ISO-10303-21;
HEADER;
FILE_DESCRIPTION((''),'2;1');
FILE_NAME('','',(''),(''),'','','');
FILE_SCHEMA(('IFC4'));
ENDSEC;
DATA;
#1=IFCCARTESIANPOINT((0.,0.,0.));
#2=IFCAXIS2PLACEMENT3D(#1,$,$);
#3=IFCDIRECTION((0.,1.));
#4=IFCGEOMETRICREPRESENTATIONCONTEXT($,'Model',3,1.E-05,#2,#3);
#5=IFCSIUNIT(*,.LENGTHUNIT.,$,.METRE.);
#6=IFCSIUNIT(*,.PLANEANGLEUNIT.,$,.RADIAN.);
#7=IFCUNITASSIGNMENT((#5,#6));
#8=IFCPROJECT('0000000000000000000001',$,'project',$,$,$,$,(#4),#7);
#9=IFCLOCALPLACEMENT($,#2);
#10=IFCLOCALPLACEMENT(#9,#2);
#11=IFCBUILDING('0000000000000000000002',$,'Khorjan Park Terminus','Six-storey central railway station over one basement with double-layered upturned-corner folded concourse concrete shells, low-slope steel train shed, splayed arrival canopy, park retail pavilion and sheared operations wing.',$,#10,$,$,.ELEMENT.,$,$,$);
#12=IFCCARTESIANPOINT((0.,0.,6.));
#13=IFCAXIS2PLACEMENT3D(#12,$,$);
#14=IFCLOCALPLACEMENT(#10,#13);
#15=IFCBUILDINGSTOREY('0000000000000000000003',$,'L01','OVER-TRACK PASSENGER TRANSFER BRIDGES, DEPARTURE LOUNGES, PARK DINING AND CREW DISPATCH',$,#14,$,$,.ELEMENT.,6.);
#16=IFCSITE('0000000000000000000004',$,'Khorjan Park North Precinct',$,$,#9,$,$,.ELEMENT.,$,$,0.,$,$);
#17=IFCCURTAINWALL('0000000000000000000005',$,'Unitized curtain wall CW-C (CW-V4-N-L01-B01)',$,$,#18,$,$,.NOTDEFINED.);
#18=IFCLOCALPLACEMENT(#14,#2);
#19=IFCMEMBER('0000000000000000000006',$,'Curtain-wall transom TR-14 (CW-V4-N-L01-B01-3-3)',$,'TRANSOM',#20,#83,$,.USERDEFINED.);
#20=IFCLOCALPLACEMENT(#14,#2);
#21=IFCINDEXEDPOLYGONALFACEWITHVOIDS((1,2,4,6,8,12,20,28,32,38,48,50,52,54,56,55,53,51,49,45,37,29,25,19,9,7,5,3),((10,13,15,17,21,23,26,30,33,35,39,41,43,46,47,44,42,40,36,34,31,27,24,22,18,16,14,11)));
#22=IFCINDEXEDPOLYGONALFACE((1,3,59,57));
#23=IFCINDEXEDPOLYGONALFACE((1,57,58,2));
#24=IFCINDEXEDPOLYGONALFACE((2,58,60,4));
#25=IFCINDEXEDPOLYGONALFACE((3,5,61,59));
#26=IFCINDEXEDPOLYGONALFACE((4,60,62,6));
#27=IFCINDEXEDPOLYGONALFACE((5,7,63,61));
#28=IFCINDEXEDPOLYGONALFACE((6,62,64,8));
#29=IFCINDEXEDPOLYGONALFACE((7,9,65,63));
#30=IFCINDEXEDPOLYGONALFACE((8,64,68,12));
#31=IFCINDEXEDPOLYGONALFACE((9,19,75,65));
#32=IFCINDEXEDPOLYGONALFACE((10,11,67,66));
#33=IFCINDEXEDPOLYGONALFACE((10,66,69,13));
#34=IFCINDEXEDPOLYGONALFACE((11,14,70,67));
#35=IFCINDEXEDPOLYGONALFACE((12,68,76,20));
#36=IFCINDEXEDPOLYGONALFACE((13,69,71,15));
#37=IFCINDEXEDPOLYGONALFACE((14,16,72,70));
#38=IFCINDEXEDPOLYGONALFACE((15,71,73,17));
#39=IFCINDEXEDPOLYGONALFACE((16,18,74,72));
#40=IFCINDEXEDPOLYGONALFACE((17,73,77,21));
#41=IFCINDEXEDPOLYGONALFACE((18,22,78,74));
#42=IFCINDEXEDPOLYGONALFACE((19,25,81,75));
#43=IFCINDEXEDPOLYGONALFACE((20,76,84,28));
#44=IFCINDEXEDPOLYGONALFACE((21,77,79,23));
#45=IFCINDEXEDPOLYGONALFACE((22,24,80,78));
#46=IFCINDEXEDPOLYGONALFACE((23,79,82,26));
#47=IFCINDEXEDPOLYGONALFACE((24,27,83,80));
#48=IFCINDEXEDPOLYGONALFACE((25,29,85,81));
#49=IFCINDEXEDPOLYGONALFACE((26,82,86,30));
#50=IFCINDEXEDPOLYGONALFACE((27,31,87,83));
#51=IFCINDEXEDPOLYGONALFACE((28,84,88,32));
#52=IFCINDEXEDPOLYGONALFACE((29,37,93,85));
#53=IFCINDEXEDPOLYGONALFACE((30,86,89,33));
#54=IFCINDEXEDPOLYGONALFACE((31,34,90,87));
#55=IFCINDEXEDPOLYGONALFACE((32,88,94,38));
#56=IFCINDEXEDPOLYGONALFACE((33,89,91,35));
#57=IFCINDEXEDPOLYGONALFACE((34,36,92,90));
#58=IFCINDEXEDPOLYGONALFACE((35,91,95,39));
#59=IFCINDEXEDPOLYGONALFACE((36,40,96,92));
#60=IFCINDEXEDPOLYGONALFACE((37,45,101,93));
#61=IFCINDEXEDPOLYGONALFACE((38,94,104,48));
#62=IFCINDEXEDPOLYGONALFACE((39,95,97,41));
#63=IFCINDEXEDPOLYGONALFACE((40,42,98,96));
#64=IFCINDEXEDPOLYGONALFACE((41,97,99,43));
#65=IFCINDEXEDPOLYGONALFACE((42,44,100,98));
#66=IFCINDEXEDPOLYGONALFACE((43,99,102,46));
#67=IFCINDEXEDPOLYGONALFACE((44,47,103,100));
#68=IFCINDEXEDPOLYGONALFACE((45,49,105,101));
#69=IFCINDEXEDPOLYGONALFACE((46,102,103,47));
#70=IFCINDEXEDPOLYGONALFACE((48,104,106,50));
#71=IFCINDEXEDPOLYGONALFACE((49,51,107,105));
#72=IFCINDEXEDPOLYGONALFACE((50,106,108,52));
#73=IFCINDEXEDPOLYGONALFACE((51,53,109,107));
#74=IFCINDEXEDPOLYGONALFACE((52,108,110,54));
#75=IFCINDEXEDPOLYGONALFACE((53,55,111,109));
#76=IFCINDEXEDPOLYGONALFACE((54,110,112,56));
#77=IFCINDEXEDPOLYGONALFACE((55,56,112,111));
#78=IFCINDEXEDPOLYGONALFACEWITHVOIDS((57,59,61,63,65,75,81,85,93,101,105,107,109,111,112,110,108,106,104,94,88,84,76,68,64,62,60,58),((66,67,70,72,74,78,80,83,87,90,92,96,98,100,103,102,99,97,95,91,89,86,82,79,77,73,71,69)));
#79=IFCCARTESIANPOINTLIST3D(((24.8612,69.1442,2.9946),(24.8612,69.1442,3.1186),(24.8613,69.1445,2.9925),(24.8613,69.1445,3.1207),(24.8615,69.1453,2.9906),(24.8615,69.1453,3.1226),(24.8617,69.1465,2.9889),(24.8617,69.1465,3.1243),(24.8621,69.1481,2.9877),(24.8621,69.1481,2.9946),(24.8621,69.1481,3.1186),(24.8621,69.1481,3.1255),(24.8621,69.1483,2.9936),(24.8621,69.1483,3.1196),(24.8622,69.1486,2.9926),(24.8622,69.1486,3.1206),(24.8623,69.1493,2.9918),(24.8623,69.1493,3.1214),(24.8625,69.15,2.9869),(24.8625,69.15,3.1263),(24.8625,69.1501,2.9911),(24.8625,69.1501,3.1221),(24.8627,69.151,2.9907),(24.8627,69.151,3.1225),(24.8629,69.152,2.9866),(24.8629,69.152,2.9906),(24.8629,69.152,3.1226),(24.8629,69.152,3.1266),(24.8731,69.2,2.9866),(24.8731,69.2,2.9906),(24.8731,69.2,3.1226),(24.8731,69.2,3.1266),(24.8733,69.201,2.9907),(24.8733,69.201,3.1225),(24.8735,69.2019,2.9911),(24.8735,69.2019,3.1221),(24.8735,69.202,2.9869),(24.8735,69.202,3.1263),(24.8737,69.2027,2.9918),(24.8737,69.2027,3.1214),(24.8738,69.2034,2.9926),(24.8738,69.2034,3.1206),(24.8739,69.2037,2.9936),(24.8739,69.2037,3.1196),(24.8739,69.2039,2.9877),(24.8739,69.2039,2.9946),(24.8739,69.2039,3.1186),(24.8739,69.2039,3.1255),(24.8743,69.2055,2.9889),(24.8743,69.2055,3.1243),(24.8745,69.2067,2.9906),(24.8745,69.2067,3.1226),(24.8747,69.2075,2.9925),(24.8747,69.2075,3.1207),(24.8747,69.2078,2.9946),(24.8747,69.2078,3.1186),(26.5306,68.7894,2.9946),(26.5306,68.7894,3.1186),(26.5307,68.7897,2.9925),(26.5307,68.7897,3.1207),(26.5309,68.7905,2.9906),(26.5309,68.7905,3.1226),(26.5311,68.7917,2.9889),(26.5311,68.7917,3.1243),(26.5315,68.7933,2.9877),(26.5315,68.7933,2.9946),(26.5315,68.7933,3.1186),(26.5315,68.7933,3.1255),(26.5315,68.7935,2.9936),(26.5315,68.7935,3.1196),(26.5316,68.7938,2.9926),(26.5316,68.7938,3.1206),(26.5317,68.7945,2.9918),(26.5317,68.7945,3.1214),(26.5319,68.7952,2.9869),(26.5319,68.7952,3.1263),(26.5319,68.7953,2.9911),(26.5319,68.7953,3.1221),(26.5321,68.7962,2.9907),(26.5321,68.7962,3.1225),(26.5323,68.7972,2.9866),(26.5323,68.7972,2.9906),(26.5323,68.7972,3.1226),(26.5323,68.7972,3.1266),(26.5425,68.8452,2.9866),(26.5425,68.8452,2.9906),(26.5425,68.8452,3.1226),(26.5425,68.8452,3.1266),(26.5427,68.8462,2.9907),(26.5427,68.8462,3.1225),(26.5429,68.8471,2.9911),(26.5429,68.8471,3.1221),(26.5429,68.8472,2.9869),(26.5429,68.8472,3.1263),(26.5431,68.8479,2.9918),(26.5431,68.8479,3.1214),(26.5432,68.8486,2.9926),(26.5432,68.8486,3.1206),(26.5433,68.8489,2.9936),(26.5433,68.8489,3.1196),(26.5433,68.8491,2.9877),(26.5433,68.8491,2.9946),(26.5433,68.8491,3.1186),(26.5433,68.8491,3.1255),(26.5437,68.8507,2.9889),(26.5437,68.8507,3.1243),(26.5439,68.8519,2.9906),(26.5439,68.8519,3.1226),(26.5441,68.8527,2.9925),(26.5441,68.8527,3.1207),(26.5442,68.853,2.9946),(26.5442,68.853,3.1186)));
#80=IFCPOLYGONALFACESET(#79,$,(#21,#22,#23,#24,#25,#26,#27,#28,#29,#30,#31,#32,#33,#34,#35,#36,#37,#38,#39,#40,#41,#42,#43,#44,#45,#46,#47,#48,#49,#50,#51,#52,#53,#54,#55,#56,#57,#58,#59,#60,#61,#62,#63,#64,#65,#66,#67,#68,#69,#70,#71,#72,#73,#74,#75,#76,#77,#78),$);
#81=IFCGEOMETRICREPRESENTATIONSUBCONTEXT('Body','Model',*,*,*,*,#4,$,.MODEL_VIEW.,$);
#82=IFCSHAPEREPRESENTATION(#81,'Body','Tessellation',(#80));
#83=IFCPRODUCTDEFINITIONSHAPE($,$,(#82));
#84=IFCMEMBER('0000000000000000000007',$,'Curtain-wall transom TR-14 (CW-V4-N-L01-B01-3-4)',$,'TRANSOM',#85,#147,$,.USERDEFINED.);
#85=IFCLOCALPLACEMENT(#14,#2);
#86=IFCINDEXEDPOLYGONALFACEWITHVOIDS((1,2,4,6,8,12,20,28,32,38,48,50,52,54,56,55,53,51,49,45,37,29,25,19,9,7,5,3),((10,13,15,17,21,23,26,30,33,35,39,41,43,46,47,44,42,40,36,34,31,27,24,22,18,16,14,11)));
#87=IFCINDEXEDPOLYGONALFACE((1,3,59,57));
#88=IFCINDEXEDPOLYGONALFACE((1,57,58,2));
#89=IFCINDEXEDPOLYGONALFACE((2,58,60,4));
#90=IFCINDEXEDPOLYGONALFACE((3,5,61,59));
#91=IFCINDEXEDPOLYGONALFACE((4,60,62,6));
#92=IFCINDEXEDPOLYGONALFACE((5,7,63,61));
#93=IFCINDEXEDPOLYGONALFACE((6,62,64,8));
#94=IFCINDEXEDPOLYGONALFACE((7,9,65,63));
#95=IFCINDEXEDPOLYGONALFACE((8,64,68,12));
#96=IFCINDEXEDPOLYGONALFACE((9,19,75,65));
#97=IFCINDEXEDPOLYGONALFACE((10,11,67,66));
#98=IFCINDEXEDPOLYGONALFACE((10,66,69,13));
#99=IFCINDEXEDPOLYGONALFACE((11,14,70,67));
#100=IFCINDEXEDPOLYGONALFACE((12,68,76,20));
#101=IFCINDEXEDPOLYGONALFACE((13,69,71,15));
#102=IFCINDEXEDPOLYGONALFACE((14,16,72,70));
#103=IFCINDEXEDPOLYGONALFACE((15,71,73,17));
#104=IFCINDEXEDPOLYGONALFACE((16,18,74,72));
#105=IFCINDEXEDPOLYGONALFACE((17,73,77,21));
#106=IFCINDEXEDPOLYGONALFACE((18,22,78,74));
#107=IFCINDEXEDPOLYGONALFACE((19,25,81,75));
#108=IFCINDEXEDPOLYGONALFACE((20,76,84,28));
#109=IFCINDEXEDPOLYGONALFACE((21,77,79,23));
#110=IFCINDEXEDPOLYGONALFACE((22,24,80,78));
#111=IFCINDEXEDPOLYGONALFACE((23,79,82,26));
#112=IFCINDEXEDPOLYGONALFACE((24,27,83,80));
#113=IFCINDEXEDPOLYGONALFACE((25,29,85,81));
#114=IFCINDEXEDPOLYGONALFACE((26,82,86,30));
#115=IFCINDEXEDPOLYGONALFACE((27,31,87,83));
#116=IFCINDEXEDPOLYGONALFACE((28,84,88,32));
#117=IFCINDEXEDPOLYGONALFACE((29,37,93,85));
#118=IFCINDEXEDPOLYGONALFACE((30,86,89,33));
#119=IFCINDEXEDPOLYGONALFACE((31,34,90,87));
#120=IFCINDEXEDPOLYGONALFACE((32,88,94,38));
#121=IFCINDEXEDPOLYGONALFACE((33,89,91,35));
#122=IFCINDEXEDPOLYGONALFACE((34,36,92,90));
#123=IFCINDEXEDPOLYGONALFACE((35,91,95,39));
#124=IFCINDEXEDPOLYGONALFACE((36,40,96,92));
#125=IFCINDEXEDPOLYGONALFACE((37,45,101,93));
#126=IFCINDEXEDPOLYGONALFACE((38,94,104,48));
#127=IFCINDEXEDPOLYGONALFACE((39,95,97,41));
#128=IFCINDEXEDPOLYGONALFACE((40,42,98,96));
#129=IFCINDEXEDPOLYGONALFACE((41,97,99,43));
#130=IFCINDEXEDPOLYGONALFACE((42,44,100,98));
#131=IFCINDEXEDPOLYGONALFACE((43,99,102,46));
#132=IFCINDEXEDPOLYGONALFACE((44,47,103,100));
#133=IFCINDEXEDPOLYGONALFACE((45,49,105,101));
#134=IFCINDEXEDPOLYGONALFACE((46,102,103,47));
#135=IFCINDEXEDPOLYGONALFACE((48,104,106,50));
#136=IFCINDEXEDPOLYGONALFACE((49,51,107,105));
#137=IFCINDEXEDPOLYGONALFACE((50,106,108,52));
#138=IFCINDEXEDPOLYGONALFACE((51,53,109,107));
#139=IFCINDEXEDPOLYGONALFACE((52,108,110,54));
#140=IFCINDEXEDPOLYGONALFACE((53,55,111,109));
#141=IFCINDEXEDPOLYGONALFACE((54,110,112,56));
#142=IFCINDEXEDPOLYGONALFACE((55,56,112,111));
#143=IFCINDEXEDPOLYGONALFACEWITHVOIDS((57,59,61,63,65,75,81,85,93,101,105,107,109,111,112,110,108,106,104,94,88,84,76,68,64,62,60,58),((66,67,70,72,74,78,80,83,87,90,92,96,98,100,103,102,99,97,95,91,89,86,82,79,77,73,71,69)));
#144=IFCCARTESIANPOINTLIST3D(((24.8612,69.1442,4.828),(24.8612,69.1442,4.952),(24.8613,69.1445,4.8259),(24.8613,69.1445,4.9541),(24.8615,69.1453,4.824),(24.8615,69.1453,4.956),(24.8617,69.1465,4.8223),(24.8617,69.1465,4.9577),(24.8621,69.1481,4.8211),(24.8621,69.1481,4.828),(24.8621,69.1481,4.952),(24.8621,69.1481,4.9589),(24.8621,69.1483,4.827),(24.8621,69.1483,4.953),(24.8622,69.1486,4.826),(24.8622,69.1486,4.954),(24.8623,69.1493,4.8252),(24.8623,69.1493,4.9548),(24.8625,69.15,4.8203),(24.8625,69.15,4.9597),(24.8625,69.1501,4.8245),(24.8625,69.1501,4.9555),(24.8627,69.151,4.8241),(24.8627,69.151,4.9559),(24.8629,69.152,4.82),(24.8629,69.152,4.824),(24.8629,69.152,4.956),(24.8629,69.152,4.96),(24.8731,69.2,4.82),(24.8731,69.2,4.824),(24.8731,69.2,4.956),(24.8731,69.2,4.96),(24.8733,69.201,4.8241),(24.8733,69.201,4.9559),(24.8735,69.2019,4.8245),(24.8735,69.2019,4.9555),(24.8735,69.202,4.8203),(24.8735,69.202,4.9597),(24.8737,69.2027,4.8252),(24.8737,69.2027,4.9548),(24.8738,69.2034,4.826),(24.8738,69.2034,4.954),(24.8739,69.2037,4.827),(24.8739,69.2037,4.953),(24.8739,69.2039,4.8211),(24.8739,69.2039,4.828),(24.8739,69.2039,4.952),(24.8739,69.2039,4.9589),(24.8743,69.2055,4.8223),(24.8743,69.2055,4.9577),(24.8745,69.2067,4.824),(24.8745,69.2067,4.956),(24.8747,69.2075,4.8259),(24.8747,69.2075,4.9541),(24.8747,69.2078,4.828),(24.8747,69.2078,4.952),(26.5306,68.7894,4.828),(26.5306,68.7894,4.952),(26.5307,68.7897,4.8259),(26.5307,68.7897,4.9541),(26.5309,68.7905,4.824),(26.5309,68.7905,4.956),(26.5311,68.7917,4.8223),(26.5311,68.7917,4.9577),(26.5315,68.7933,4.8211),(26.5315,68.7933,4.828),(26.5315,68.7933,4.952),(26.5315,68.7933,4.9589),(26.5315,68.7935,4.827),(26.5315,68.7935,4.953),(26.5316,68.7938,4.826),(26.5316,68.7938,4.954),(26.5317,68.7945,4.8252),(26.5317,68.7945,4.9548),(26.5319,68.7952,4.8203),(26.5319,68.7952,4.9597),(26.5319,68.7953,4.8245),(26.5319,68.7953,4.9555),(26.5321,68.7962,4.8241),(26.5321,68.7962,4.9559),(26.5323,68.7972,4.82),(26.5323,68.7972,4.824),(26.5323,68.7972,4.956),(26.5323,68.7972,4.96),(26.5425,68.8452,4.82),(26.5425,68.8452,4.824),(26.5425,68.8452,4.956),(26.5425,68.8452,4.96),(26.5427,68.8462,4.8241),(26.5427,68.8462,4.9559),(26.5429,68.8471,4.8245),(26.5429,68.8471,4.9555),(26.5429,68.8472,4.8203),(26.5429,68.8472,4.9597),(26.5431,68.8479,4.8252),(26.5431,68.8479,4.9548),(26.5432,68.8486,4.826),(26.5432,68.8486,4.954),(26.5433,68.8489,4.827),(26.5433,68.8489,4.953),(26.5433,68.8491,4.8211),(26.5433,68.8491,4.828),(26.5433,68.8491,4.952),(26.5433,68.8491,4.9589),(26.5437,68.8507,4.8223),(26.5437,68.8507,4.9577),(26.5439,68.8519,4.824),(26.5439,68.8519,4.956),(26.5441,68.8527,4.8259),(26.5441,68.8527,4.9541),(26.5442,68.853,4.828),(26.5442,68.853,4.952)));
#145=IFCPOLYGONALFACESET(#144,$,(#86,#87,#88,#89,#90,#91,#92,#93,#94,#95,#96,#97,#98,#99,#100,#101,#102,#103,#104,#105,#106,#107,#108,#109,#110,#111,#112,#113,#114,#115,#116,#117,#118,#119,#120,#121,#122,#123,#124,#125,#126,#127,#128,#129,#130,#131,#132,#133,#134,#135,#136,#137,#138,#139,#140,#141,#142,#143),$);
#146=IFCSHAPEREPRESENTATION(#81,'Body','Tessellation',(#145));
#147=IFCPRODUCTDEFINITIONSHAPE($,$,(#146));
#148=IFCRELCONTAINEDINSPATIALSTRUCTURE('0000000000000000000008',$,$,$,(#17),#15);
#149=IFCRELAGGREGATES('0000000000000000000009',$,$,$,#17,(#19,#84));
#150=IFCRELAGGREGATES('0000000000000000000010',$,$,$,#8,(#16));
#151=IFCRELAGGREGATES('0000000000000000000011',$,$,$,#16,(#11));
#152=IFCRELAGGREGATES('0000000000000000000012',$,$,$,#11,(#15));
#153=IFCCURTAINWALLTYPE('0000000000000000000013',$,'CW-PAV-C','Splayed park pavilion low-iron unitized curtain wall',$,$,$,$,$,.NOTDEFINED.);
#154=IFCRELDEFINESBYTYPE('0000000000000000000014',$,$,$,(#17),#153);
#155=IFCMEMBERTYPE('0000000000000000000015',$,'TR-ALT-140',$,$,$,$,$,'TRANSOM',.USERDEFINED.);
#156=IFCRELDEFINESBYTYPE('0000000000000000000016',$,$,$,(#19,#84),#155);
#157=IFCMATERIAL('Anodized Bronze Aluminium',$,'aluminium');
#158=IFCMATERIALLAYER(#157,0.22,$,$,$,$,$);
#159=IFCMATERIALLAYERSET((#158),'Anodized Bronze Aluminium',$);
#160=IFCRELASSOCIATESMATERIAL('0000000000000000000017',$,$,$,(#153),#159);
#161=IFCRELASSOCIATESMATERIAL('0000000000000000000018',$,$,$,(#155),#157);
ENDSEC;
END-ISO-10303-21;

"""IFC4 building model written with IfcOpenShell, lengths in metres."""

from ifc_helpers import new_model, si_unit, direction, frame, origin, origin_2d, place, context, subcontext, project, spatial, hollow_rectangle, extrude, material, layer, layer_set, material_profile, profile_set, type_object, element, aggregate, save


model = new_model("IFC4")

# Units and contexts
model_context = context("Model", 3, precision=1e-05, world=origin(), true_north=direction((0.0, 1.0)))
body_context = subcontext(model_context, "Body", "Model", "MODEL_VIEW")
ifc_project = project(units=[si_unit("LENGTHUNIT", "METRE"), si_unit("PLANEANGLEUNIT", "RADIAN")], contexts=[model_context])

# Site, building, storey
site_placement = place(None, origin())
site = spatial("IfcSite", under=ifc_project, at=site_placement, Name="Khorjan Park North Precinct", CompositionType="ELEMENT", RefElevation=0.0)
building_placement = place(site_placement, origin())
building = spatial("IfcBuilding", under=site, at=building_placement, Name="Khorjan Park Terminus", Description="Six-storey central railway station over one basement with double-layered upturned-corner folded concourse concrete shells, low-slope steel train shed, splayed arrival canopy, park retail pavilion and sheared operations wing.", CompositionType="ELEMENT")
storey_placement = place(building_placement, frame((0.0, 0.0, 6.0)))
storey = spatial("IfcBuildingStorey", under=building, at=storey_placement, Name="L01", Description="OVER-TRACK PASSENGER TRANSFER BRIDGES, DEPARTURE LOUNGES, PARK DINING AND CREW DISPATCH", CompositionType="ELEMENT", Elevation=6.0)

# Curtain wall, members
ifc_material_1 = material(Name="Anodized Bronze Aluminium", Category="aluminium")
ifc_layer_1 = layer(ifc_material_1, 0.22)
ifc_layer_set_1 = layer_set([ifc_layer_1], Name="Anodized Bronze Aluminium")
curtain_wall_type = type_object("IfcCurtainWallType", Name="CW-PAV-C", Description="Splayed park pavilion low-iron unitized curtain wall", PredefinedType="NOTDEFINED", material=ifc_layer_set_1)
curtain_wall_placement = place(storey_placement, origin())
curtain_wall = element("IfcCurtainWall", 1, at=curtain_wall_placement, inside=storey, type_object=curtain_wall_type, Name="Unitized curtain wall CW-C (CW-V4-N-L01-B01)", PredefinedType="NOTDEFINED")
ifc_material_profile_1 = material_profile(ifc_material_1, hollow_rectangle(XDim=0.065, YDim=0.14, WallThickness=0.004, InnerFilletRadius=0.004, OuterFilletRadius=0.008, at=origin_2d()), Name="ALT 65x140x4")
ifc_profile_set_1 = profile_set([ifc_material_profile_1], Name="Anodized Bronze Aluminium")
member_type_1 = type_object("IfcMemberType", Name="TR-ALT-140", ElementType="TRANSOM", PredefinedType="USERDEFINED", material=ifc_profile_set_1)
member_1_placement = place(storey_placement, frame((26.5374, 68.8212, 3.0566), z_axis=(-0.978153, 0.207888, 0.0), x_axis=(-0.207888, -0.978153, 0.0)))
member_1 = element("IfcMember", 2, at=member_1_placement, type_object=member_type_1, Name="Curtain-wall transom TR-14 (CW-V4-N-L01-B01-3-3)", ObjectType="TRANSOM", PredefinedType="USERDEFINED", context=body_context, shape_type="SweptSolid", body=[
    extrude(hollow_rectangle(XDim=0.065, YDim=0.14, WallThickness=0.004, InnerFilletRadius=0.004, OuterFilletRadius=0.008, at=origin_2d()), origin(), (0.0, 0.0, 1.0), 1.7067),
])
member_2_placement = place(storey_placement, frame((26.5374, 68.8212, 4.89), z_axis=(-0.978153, 0.207888, 0.0), x_axis=(-0.207888, -0.978153, 0.0)))
member_2 = element("IfcMember", 3, at=member_2_placement, type_object=member_type_1, Name="Curtain-wall transom TR-14 (CW-V4-N-L01-B01-3-4)", ObjectType="TRANSOM", PredefinedType="USERDEFINED", context=body_context, shape_type="SweptSolid", body=[
    extrude(hollow_rectangle(XDim=0.065, YDim=0.14, WallThickness=0.004, InnerFilletRadius=0.004, OuterFilletRadius=0.008, at=origin_2d()), origin(), (0.0, 0.0, 1.0), 1.7067),
])
aggregate(curtain_wall, [member_1, member_2])

save(model, "model.ifc")
